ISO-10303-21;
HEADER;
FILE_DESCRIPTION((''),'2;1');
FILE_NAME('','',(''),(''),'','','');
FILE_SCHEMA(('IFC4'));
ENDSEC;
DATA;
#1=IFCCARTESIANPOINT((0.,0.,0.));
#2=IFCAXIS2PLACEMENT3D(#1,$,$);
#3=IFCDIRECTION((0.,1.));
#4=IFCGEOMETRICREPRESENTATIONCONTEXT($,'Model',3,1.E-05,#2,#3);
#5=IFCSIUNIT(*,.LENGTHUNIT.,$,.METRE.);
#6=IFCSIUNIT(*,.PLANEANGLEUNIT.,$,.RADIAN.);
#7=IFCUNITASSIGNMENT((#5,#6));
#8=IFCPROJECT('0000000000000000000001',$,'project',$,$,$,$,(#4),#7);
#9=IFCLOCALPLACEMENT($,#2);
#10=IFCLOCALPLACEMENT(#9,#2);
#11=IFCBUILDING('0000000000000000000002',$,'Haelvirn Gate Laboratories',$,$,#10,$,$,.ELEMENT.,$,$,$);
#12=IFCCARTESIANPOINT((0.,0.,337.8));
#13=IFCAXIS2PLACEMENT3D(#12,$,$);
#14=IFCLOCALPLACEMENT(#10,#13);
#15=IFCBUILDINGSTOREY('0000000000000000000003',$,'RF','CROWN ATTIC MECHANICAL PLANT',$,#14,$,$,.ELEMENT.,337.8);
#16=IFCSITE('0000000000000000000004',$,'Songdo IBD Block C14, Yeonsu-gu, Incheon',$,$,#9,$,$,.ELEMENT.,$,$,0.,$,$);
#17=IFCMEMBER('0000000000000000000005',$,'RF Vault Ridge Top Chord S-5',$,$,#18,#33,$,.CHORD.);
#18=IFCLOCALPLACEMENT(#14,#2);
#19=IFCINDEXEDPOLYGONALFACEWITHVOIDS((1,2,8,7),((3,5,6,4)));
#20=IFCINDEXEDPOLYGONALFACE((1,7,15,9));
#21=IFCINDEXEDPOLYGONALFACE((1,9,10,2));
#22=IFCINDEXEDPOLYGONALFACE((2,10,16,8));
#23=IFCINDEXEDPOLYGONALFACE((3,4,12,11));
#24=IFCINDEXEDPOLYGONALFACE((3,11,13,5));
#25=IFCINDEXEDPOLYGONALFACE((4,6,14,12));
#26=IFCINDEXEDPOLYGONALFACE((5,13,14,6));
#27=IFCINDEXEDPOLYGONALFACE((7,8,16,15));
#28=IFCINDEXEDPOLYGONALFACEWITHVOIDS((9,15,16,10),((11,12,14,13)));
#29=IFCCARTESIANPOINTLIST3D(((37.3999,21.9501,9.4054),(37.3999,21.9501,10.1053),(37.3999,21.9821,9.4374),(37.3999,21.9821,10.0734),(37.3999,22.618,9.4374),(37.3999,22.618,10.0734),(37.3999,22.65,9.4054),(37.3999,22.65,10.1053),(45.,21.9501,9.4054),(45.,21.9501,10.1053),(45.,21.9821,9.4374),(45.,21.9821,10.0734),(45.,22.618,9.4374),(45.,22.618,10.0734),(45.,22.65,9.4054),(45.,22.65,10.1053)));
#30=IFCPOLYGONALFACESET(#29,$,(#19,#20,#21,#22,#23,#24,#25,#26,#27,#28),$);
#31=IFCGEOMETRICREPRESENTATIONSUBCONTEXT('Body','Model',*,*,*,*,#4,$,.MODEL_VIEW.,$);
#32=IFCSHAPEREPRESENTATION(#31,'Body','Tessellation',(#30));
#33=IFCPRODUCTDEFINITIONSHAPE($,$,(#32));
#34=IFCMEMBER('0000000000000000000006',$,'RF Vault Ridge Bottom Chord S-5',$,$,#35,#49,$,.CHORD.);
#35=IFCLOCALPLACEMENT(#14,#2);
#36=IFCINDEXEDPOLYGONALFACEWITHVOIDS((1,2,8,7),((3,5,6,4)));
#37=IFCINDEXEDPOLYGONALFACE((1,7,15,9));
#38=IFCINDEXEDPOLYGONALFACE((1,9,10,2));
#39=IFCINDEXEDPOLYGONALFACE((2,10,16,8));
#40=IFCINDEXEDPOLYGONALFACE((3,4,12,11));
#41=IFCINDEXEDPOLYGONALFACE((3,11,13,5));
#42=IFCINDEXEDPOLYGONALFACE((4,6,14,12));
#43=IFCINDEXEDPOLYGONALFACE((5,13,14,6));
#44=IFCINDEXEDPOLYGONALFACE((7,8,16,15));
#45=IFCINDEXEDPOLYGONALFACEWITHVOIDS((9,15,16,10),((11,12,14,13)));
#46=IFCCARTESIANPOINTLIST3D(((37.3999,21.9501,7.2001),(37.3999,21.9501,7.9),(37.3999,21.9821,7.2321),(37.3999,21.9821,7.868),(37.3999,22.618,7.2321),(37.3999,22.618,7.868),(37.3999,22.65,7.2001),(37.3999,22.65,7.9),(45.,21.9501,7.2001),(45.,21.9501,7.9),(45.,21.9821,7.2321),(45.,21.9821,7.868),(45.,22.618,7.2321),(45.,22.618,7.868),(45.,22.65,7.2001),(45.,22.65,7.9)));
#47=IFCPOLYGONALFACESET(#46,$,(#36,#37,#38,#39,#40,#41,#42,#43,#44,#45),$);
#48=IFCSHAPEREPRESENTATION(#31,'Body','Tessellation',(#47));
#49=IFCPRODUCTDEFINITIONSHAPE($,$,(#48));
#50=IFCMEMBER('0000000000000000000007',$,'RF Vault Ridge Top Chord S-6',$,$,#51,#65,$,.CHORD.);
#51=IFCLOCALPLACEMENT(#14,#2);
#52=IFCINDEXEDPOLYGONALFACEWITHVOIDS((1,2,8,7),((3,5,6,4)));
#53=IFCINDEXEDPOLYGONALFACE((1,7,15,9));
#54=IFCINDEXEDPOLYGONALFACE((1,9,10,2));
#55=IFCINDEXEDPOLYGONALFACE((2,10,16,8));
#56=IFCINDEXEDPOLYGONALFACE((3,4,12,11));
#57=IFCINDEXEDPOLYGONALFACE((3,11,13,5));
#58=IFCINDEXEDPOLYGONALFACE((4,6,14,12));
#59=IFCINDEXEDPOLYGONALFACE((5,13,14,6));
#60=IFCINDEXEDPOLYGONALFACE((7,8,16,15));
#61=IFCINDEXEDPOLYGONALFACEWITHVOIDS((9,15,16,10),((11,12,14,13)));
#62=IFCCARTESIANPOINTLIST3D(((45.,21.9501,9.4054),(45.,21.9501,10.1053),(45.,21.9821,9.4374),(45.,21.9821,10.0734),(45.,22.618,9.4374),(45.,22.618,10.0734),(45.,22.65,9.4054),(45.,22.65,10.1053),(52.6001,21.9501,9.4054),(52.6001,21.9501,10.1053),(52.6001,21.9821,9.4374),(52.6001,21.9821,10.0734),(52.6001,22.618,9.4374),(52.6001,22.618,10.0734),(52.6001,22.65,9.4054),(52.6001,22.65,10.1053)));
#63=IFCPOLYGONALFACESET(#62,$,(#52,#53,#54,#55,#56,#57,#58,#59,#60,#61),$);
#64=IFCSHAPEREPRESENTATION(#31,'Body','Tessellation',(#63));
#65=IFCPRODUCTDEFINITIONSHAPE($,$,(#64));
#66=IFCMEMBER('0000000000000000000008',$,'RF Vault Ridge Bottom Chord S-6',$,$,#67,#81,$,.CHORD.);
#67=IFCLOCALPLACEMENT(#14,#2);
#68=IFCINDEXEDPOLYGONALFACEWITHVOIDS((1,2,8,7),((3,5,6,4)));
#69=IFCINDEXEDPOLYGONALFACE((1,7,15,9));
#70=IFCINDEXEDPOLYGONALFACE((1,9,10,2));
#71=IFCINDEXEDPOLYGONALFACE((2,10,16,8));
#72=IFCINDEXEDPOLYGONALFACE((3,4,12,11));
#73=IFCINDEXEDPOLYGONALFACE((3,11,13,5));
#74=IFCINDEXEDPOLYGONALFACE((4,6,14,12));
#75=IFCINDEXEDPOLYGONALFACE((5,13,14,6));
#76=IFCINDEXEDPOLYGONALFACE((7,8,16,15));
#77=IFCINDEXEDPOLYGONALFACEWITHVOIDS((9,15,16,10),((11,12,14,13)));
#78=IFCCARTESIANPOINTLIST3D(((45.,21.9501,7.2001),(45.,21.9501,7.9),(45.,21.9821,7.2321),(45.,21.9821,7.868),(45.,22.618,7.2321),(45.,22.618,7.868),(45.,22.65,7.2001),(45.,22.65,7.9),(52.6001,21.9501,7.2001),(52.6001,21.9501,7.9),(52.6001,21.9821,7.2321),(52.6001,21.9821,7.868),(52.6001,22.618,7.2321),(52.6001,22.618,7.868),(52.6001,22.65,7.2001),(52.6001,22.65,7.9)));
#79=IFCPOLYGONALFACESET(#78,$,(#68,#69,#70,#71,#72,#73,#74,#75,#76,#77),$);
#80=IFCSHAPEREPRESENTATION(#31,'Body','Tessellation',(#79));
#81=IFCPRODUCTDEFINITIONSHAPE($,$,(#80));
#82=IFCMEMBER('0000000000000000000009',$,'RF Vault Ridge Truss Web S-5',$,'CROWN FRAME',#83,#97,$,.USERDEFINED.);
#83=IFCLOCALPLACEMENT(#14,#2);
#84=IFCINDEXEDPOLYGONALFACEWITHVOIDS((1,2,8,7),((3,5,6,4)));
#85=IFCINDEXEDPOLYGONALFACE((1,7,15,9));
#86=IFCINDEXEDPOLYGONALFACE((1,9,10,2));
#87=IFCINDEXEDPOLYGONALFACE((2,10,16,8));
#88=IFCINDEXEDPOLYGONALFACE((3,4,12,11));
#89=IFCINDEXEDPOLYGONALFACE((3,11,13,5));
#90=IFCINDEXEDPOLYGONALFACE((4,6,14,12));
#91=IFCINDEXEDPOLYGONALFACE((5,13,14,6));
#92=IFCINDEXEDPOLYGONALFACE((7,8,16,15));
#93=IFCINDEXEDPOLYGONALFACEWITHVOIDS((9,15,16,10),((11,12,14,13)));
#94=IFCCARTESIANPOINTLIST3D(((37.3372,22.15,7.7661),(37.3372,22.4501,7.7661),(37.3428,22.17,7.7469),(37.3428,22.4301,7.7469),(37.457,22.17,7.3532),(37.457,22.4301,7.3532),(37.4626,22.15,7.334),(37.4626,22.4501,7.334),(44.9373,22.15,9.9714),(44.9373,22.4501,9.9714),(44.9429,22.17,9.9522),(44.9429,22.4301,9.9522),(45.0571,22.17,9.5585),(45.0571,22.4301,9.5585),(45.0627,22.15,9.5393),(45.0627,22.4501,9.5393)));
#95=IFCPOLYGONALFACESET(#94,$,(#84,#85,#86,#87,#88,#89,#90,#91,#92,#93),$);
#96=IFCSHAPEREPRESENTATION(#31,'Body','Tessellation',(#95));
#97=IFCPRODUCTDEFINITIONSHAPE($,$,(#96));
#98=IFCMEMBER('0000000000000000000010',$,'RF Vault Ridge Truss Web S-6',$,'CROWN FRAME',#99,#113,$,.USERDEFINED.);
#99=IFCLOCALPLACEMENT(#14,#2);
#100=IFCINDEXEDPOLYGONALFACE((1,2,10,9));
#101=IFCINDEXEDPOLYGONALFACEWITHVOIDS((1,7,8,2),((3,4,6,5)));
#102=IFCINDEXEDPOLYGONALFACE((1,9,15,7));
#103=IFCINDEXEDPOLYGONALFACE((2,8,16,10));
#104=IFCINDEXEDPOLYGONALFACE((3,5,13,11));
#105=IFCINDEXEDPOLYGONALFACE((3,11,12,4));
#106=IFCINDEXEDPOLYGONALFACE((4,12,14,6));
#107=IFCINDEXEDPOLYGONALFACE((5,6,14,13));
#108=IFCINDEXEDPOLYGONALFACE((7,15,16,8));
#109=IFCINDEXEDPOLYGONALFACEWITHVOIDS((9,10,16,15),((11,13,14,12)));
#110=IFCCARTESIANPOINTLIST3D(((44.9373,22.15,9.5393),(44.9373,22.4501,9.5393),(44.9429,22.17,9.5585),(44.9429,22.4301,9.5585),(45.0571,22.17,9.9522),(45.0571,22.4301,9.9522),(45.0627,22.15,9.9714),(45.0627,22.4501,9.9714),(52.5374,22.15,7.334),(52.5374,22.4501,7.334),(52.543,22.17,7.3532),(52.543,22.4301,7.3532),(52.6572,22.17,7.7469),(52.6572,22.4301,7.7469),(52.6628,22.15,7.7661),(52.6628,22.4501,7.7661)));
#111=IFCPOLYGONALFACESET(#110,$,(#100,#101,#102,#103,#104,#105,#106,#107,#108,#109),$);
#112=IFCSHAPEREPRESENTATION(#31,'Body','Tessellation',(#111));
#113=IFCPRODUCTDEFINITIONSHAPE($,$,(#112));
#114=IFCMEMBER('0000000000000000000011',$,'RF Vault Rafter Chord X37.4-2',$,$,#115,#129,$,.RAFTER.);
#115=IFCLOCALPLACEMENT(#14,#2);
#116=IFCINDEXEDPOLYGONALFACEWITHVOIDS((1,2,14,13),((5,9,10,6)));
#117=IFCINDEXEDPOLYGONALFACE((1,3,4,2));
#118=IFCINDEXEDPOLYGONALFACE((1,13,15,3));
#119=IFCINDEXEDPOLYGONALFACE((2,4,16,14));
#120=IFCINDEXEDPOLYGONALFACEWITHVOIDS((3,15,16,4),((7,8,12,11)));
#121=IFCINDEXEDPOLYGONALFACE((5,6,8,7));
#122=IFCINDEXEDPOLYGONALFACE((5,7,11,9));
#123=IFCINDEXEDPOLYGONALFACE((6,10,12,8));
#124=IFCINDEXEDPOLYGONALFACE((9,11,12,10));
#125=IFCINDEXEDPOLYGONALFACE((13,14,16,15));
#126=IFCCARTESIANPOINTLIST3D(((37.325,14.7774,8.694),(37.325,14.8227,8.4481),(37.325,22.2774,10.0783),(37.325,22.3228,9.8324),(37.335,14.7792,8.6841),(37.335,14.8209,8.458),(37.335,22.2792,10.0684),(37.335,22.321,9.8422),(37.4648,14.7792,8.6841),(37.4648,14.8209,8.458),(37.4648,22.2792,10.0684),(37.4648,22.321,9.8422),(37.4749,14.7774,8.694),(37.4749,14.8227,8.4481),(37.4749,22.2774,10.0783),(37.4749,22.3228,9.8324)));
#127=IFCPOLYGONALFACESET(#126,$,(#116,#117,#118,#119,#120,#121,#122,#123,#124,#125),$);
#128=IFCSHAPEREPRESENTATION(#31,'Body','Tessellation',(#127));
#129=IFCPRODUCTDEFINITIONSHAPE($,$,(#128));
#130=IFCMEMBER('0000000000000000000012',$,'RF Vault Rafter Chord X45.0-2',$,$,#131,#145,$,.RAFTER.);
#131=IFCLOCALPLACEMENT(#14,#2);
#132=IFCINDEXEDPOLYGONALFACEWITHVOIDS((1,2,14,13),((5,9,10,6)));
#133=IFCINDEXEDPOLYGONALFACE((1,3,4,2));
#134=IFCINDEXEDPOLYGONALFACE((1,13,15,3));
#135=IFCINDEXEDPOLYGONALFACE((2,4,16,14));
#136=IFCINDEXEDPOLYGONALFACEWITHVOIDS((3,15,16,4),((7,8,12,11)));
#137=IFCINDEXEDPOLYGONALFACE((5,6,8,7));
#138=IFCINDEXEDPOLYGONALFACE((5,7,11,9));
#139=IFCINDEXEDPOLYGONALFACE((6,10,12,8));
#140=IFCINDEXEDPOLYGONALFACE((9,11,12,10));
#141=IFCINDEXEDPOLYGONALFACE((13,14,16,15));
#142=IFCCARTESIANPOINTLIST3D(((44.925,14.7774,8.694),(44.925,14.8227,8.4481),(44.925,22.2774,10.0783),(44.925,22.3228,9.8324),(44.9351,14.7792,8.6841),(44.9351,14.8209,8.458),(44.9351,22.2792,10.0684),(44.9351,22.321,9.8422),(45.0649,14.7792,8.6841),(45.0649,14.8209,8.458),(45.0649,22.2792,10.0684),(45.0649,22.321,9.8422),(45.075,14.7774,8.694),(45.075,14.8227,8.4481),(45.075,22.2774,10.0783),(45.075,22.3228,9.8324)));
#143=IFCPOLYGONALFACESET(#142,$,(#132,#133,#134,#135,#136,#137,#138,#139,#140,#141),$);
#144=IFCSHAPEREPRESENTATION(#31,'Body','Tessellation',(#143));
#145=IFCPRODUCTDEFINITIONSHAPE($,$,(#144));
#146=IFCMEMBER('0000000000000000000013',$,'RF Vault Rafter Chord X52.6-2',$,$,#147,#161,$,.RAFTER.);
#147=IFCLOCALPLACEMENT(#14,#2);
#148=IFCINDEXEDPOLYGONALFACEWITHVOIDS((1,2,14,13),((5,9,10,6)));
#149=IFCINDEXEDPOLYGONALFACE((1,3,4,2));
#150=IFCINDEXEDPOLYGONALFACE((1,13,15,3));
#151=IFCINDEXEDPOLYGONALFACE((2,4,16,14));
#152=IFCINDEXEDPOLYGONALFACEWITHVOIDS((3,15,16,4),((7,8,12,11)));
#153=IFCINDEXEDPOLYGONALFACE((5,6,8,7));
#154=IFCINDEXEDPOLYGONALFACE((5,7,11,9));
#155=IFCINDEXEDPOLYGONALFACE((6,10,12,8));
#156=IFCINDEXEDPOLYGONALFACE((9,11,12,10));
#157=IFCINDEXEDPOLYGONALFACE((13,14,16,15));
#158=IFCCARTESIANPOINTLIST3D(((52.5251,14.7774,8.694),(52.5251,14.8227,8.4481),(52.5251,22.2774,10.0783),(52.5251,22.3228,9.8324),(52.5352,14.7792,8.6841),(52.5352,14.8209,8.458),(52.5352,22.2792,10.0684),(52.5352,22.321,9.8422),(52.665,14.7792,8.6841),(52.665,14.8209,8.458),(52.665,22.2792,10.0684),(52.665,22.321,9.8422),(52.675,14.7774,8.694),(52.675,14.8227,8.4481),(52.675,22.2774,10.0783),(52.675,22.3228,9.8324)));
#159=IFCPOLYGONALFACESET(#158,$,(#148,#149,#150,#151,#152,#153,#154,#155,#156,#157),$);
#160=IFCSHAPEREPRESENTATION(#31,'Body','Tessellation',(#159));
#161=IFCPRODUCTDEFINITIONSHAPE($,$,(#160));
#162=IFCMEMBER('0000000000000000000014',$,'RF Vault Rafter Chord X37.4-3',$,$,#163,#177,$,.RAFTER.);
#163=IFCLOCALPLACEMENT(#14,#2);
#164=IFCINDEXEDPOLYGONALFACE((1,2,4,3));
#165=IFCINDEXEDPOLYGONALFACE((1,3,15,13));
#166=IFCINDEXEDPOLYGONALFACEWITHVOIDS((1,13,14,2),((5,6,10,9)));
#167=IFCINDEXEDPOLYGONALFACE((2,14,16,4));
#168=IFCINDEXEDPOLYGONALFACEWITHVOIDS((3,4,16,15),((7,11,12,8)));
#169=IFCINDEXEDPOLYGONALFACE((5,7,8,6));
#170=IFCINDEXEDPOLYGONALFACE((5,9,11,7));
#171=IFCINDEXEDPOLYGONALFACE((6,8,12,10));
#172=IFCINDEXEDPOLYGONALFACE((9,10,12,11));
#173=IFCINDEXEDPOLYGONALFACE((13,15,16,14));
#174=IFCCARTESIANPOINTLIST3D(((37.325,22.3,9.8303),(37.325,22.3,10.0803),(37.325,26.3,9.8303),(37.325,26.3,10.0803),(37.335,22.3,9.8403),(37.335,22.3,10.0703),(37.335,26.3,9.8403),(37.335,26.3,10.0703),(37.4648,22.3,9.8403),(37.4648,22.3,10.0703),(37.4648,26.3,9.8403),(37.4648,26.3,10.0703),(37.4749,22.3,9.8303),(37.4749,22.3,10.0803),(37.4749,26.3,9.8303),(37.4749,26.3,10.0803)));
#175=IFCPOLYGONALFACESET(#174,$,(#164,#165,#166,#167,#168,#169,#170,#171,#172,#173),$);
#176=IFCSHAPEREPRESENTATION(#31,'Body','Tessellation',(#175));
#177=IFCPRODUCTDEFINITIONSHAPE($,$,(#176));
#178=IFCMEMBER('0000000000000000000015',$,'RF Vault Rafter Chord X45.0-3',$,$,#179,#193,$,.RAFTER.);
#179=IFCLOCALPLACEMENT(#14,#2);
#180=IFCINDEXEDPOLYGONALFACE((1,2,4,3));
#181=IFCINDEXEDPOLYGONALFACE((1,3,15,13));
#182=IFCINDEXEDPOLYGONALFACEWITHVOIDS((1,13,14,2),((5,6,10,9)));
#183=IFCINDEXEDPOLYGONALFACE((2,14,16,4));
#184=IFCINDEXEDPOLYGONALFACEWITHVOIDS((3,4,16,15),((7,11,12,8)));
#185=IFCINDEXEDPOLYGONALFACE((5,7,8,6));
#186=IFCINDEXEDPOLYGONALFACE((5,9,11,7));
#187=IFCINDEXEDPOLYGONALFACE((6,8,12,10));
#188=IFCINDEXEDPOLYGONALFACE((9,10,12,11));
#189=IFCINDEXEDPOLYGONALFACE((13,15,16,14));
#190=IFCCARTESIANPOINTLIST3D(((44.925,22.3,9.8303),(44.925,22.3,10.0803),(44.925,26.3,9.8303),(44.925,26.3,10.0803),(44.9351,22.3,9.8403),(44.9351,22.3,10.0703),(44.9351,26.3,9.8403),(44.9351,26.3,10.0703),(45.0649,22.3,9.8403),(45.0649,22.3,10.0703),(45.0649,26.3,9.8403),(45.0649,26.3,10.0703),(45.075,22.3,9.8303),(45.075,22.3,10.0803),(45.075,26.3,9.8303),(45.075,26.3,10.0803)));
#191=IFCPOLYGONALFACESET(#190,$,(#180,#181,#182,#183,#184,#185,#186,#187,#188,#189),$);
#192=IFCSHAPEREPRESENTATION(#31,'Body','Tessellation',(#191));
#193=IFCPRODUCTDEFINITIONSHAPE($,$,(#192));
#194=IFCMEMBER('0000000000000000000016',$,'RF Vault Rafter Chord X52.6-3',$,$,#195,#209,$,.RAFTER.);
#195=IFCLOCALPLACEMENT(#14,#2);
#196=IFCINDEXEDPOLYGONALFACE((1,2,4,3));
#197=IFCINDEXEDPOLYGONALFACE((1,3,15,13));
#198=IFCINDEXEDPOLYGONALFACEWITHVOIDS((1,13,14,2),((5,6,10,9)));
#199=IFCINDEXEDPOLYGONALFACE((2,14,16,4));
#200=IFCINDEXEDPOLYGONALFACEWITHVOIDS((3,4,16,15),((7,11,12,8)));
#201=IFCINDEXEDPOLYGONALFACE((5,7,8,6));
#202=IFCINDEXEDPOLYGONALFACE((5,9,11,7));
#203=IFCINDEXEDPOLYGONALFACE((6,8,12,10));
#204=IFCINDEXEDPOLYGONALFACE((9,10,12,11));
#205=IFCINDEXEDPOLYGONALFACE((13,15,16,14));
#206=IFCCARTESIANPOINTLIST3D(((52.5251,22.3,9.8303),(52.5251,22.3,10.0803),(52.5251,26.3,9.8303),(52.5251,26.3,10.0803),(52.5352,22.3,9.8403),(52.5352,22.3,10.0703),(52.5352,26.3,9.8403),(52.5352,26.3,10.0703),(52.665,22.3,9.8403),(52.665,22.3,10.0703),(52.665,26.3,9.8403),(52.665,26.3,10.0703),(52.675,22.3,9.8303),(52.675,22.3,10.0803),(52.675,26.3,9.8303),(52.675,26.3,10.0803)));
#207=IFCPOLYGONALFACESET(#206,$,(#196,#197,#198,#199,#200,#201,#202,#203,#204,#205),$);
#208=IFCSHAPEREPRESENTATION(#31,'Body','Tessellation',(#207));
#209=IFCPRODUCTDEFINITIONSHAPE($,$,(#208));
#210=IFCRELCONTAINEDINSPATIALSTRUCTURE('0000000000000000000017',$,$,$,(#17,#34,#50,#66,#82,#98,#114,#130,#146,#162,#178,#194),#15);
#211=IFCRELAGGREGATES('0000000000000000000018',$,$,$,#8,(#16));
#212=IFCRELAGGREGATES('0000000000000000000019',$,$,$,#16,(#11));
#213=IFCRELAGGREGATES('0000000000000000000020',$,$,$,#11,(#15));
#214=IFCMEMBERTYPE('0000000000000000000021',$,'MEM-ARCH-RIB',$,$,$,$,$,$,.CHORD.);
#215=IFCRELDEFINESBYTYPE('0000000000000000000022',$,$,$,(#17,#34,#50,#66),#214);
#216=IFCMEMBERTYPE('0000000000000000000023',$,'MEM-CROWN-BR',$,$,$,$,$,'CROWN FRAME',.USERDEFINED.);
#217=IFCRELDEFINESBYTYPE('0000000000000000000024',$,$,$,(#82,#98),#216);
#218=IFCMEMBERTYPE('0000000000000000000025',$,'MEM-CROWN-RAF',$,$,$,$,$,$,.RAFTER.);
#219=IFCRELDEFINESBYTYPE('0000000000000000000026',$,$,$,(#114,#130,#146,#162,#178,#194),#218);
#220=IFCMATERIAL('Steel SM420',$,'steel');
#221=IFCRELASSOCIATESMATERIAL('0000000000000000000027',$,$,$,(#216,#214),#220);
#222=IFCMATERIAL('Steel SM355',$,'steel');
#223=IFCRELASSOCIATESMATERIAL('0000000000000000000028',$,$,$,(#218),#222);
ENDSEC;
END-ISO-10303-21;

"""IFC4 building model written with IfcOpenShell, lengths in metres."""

from ifc_helpers import new_model, si_unit, direction, frame, origin, origin_2d, place, context, subcontext, project, spatial, hollow_rectangle, extrude, source, transform, mapped, material, material_profile, profile_set, type_object, type_shapes, element, save


model = new_model("IFC4")

# Units and contexts
model_context = context("Model", 3, precision=1e-05, world=origin(), true_north=direction((0.0, 1.0)))
body_context = subcontext(model_context, "Body", "Model", "MODEL_VIEW")
ifc_project = project(units=[si_unit("LENGTHUNIT", "METRE"), si_unit("PLANEANGLEUNIT", "RADIAN")], contexts=[model_context])

# Site, building, storey
site_placement = place(None, origin())
site = spatial("IfcSite", under=ifc_project, at=site_placement, Name="Songdo IBD Block C14, Yeonsu-gu, Incheon", CompositionType="ELEMENT", RefElevation=0.0)
building_placement = place(site_placement, origin())
building = spatial("IfcBuilding", under=site, at=building_placement, Name="Haelvirn Gate Laboratories", CompositionType="ELEMENT")
storey_placement = place(building_placement, frame((0.0, 0.0, 337.8)))
storey = spatial("IfcBuildingStorey", under=building, at=storey_placement, Name="RF", Description="CROWN ATTIC MECHANICAL PLANT", CompositionType="ELEMENT", Elevation=337.8)

# Shared definitions
ifc_material_1 = material(Name="Steel SM355", Category="steel")

# Members
ifc_material_2 = material(Name="Steel SM420", Category="steel")
ifc_material_profile_1 = material_profile(ifc_material_2, hollow_rectangle(XDim=0.3, YDim=0.45, WallThickness=0.02, at=origin_2d()), Name="BOX-450x300x20")
ifc_profile_set_1 = profile_set([ifc_material_profile_1], Name="Steel SM420")
member_type_1 = type_object("IfcMemberType", Name="MEM-CROWN-BR", ElementType="CROWN FRAME", PredefinedType="USERDEFINED", material=ifc_profile_set_1)
ifc_material_profile_2 = material_profile(ifc_material_2, hollow_rectangle(XDim=0.7, YDim=0.7, WallThickness=0.032, at=origin_2d()), Name="BOX-700x700x32")
ifc_profile_set_2 = profile_set([ifc_material_profile_2], Name="Steel SM420")
member_type_2 = type_object("IfcMemberType", Name="MEM-ARCH-RIB", PredefinedType="CHORD", material=ifc_profile_set_2)
shared_shape_1 = source(origin(), body_context, "Body", "SweptSolid", [
    extrude(hollow_rectangle(XDim=0.7, YDim=0.7, WallThickness=0.032, at=origin_2d()), origin(), (0.0, 0.0, 1.0), 7.6001),
])
for number, where, z_axis, x_axis, name in (
    (1, (37.3999, 22.3, 9.7554), (1.0, 0.0, 0.0), (0.0, 1.0, 0.0), "RF Vault Ridge Top Chord S-5"),
    (2, (37.3999, 22.3, 7.55), (1.0, 0.0, 0.0), (0.0, 1.0, 0.0), "RF Vault Ridge Bottom Chord S-5"),
    (3, (45.0, 22.3, 9.7554), (1.0, 0.0, 0.0), (0.0, 1.0, 0.0), "RF Vault Ridge Top Chord S-6"),
    (4, (45.0, 22.3, 7.55), (1.0, 0.0, 0.0), (0.0, 1.0, 0.0), "RF Vault Ridge Bottom Chord S-6"),
):
    element("IfcMember", number, at=place(storey_placement, frame(where, z_axis=z_axis, x_axis=x_axis)), inside=storey, type_object=member_type_2, Name=name, PredefinedType="CHORD", context=body_context, shape_type="MappedRepresentation", body=[
        mapped(shared_shape_1, transform((0.0, 0.0, 0.0), scale=1.0)),
    ])
shared_shape_2 = source(origin(), body_context, "Body", "SweptSolid", [
    extrude(hollow_rectangle(XDim=0.3, YDim=0.45, WallThickness=0.02, at=origin_2d()), origin(), (0.0, 0.0, 1.0), 7.9136),
])
for number, where, z_axis, x_axis, name in (
    (5, (37.3999, 22.3, 7.55), (0.960385, 0.0, 0.278675), (0.0, 1.0, 0.0), "RF Vault Ridge Truss Web S-5"),
    (6, (45.0, 22.3, 9.7554), (0.960385, 0.0, -0.278675), (0.0, 1.0, 0.0), "RF Vault Ridge Truss Web S-6"),
):
    element("IfcMember", number, at=place(storey_placement, frame(where, z_axis=z_axis, x_axis=x_axis)), inside=storey, type_object=member_type_1, Name=name, ObjectType="CROWN FRAME", PredefinedType="USERDEFINED", context=body_context, shape_type="MappedRepresentation", body=[
        mapped(shared_shape_2, transform((0.0, 0.0, 0.0), scale=1.0)),
    ])
ifc_material_profile_3 = material_profile(ifc_material_1, hollow_rectangle(XDim=0.1499, YDim=0.25, WallThickness=0.01, at=origin_2d()), Name="RHS-250x150x10")
ifc_profile_set_3 = profile_set([ifc_material_profile_3], Name="Steel SM355")
member_type_3 = type_object("IfcMemberType", Name="MEM-CROWN-RAF", PredefinedType="RAFTER", material=ifc_profile_set_3)
shared_shape_3 = source(origin(), body_context, "Body", "SweptSolid", [
    extrude(hollow_rectangle(XDim=0.1499, YDim=0.25, WallThickness=0.01, at=origin_2d()), origin(), (0.0, 0.0, 1.0), 7.6267),
])
for number, where, z_axis, x_axis, name in (
    (7, (37.3999, 14.8, 8.571), (0.0, 0.98339, 0.181505), (-1.0, 0.0, 0.0), "RF Vault Rafter Chord X37.4-2"),
    (8, (45.0, 14.8, 8.571), (0.0, 0.98339, 0.181505), (-1.0, 0.0, 0.0), "RF Vault Rafter Chord X45.0-2"),
    (9, (52.6001, 14.8, 8.571), (0.0, 0.98339, 0.181505), (-1.0, 0.0, 0.0), "RF Vault Rafter Chord X52.6-2"),
):
    element("IfcMember", number, at=place(storey_placement, frame(where, z_axis=z_axis, x_axis=x_axis)), inside=storey, type_object=member_type_3, Name=name, PredefinedType="RAFTER", context=body_context, shape_type="MappedRepresentation", body=[
        mapped(shared_shape_3, transform((0.0, 0.0, 0.0), scale=1.0)),
    ])
shared_shape_4 = source(origin(), body_context, "Body", "SweptSolid", [
    extrude(hollow_rectangle(XDim=0.1499, YDim=0.25, WallThickness=0.01, at=origin_2d()), origin(), (0.0, 0.0, 1.0), 4.0),
])
type_shapes(member_type_3, [shared_shape_3, shared_shape_4])
for number, where, z_axis, x_axis, name in (
    (10, (37.3999, 22.3, 9.9553), (0.0, 1.0, 0.0), (-1.0, 0.0, 0.0), "RF Vault Rafter Chord X37.4-3"),
    (11, (45.0, 22.3, 9.9553), (0.0, 1.0, 0.0), (-1.0, 0.0, 0.0), "RF Vault Rafter Chord X45.0-3"),
    (12, (52.6001, 22.3, 9.9553), (0.0, 1.0, 0.0), (-1.0, 0.0, 0.0), "RF Vault Rafter Chord X52.6-3"),
):
    element("IfcMember", number, at=place(storey_placement, frame(where, z_axis=z_axis, x_axis=x_axis)), inside=storey, type_object=member_type_3, Name=name, PredefinedType="RAFTER", context=body_context, shape_type="MappedRepresentation", body=[
        mapped(shared_shape_4, transform((0.0, 0.0, 0.0), scale=1.0)),
    ])

save(model, "model.ifc")
